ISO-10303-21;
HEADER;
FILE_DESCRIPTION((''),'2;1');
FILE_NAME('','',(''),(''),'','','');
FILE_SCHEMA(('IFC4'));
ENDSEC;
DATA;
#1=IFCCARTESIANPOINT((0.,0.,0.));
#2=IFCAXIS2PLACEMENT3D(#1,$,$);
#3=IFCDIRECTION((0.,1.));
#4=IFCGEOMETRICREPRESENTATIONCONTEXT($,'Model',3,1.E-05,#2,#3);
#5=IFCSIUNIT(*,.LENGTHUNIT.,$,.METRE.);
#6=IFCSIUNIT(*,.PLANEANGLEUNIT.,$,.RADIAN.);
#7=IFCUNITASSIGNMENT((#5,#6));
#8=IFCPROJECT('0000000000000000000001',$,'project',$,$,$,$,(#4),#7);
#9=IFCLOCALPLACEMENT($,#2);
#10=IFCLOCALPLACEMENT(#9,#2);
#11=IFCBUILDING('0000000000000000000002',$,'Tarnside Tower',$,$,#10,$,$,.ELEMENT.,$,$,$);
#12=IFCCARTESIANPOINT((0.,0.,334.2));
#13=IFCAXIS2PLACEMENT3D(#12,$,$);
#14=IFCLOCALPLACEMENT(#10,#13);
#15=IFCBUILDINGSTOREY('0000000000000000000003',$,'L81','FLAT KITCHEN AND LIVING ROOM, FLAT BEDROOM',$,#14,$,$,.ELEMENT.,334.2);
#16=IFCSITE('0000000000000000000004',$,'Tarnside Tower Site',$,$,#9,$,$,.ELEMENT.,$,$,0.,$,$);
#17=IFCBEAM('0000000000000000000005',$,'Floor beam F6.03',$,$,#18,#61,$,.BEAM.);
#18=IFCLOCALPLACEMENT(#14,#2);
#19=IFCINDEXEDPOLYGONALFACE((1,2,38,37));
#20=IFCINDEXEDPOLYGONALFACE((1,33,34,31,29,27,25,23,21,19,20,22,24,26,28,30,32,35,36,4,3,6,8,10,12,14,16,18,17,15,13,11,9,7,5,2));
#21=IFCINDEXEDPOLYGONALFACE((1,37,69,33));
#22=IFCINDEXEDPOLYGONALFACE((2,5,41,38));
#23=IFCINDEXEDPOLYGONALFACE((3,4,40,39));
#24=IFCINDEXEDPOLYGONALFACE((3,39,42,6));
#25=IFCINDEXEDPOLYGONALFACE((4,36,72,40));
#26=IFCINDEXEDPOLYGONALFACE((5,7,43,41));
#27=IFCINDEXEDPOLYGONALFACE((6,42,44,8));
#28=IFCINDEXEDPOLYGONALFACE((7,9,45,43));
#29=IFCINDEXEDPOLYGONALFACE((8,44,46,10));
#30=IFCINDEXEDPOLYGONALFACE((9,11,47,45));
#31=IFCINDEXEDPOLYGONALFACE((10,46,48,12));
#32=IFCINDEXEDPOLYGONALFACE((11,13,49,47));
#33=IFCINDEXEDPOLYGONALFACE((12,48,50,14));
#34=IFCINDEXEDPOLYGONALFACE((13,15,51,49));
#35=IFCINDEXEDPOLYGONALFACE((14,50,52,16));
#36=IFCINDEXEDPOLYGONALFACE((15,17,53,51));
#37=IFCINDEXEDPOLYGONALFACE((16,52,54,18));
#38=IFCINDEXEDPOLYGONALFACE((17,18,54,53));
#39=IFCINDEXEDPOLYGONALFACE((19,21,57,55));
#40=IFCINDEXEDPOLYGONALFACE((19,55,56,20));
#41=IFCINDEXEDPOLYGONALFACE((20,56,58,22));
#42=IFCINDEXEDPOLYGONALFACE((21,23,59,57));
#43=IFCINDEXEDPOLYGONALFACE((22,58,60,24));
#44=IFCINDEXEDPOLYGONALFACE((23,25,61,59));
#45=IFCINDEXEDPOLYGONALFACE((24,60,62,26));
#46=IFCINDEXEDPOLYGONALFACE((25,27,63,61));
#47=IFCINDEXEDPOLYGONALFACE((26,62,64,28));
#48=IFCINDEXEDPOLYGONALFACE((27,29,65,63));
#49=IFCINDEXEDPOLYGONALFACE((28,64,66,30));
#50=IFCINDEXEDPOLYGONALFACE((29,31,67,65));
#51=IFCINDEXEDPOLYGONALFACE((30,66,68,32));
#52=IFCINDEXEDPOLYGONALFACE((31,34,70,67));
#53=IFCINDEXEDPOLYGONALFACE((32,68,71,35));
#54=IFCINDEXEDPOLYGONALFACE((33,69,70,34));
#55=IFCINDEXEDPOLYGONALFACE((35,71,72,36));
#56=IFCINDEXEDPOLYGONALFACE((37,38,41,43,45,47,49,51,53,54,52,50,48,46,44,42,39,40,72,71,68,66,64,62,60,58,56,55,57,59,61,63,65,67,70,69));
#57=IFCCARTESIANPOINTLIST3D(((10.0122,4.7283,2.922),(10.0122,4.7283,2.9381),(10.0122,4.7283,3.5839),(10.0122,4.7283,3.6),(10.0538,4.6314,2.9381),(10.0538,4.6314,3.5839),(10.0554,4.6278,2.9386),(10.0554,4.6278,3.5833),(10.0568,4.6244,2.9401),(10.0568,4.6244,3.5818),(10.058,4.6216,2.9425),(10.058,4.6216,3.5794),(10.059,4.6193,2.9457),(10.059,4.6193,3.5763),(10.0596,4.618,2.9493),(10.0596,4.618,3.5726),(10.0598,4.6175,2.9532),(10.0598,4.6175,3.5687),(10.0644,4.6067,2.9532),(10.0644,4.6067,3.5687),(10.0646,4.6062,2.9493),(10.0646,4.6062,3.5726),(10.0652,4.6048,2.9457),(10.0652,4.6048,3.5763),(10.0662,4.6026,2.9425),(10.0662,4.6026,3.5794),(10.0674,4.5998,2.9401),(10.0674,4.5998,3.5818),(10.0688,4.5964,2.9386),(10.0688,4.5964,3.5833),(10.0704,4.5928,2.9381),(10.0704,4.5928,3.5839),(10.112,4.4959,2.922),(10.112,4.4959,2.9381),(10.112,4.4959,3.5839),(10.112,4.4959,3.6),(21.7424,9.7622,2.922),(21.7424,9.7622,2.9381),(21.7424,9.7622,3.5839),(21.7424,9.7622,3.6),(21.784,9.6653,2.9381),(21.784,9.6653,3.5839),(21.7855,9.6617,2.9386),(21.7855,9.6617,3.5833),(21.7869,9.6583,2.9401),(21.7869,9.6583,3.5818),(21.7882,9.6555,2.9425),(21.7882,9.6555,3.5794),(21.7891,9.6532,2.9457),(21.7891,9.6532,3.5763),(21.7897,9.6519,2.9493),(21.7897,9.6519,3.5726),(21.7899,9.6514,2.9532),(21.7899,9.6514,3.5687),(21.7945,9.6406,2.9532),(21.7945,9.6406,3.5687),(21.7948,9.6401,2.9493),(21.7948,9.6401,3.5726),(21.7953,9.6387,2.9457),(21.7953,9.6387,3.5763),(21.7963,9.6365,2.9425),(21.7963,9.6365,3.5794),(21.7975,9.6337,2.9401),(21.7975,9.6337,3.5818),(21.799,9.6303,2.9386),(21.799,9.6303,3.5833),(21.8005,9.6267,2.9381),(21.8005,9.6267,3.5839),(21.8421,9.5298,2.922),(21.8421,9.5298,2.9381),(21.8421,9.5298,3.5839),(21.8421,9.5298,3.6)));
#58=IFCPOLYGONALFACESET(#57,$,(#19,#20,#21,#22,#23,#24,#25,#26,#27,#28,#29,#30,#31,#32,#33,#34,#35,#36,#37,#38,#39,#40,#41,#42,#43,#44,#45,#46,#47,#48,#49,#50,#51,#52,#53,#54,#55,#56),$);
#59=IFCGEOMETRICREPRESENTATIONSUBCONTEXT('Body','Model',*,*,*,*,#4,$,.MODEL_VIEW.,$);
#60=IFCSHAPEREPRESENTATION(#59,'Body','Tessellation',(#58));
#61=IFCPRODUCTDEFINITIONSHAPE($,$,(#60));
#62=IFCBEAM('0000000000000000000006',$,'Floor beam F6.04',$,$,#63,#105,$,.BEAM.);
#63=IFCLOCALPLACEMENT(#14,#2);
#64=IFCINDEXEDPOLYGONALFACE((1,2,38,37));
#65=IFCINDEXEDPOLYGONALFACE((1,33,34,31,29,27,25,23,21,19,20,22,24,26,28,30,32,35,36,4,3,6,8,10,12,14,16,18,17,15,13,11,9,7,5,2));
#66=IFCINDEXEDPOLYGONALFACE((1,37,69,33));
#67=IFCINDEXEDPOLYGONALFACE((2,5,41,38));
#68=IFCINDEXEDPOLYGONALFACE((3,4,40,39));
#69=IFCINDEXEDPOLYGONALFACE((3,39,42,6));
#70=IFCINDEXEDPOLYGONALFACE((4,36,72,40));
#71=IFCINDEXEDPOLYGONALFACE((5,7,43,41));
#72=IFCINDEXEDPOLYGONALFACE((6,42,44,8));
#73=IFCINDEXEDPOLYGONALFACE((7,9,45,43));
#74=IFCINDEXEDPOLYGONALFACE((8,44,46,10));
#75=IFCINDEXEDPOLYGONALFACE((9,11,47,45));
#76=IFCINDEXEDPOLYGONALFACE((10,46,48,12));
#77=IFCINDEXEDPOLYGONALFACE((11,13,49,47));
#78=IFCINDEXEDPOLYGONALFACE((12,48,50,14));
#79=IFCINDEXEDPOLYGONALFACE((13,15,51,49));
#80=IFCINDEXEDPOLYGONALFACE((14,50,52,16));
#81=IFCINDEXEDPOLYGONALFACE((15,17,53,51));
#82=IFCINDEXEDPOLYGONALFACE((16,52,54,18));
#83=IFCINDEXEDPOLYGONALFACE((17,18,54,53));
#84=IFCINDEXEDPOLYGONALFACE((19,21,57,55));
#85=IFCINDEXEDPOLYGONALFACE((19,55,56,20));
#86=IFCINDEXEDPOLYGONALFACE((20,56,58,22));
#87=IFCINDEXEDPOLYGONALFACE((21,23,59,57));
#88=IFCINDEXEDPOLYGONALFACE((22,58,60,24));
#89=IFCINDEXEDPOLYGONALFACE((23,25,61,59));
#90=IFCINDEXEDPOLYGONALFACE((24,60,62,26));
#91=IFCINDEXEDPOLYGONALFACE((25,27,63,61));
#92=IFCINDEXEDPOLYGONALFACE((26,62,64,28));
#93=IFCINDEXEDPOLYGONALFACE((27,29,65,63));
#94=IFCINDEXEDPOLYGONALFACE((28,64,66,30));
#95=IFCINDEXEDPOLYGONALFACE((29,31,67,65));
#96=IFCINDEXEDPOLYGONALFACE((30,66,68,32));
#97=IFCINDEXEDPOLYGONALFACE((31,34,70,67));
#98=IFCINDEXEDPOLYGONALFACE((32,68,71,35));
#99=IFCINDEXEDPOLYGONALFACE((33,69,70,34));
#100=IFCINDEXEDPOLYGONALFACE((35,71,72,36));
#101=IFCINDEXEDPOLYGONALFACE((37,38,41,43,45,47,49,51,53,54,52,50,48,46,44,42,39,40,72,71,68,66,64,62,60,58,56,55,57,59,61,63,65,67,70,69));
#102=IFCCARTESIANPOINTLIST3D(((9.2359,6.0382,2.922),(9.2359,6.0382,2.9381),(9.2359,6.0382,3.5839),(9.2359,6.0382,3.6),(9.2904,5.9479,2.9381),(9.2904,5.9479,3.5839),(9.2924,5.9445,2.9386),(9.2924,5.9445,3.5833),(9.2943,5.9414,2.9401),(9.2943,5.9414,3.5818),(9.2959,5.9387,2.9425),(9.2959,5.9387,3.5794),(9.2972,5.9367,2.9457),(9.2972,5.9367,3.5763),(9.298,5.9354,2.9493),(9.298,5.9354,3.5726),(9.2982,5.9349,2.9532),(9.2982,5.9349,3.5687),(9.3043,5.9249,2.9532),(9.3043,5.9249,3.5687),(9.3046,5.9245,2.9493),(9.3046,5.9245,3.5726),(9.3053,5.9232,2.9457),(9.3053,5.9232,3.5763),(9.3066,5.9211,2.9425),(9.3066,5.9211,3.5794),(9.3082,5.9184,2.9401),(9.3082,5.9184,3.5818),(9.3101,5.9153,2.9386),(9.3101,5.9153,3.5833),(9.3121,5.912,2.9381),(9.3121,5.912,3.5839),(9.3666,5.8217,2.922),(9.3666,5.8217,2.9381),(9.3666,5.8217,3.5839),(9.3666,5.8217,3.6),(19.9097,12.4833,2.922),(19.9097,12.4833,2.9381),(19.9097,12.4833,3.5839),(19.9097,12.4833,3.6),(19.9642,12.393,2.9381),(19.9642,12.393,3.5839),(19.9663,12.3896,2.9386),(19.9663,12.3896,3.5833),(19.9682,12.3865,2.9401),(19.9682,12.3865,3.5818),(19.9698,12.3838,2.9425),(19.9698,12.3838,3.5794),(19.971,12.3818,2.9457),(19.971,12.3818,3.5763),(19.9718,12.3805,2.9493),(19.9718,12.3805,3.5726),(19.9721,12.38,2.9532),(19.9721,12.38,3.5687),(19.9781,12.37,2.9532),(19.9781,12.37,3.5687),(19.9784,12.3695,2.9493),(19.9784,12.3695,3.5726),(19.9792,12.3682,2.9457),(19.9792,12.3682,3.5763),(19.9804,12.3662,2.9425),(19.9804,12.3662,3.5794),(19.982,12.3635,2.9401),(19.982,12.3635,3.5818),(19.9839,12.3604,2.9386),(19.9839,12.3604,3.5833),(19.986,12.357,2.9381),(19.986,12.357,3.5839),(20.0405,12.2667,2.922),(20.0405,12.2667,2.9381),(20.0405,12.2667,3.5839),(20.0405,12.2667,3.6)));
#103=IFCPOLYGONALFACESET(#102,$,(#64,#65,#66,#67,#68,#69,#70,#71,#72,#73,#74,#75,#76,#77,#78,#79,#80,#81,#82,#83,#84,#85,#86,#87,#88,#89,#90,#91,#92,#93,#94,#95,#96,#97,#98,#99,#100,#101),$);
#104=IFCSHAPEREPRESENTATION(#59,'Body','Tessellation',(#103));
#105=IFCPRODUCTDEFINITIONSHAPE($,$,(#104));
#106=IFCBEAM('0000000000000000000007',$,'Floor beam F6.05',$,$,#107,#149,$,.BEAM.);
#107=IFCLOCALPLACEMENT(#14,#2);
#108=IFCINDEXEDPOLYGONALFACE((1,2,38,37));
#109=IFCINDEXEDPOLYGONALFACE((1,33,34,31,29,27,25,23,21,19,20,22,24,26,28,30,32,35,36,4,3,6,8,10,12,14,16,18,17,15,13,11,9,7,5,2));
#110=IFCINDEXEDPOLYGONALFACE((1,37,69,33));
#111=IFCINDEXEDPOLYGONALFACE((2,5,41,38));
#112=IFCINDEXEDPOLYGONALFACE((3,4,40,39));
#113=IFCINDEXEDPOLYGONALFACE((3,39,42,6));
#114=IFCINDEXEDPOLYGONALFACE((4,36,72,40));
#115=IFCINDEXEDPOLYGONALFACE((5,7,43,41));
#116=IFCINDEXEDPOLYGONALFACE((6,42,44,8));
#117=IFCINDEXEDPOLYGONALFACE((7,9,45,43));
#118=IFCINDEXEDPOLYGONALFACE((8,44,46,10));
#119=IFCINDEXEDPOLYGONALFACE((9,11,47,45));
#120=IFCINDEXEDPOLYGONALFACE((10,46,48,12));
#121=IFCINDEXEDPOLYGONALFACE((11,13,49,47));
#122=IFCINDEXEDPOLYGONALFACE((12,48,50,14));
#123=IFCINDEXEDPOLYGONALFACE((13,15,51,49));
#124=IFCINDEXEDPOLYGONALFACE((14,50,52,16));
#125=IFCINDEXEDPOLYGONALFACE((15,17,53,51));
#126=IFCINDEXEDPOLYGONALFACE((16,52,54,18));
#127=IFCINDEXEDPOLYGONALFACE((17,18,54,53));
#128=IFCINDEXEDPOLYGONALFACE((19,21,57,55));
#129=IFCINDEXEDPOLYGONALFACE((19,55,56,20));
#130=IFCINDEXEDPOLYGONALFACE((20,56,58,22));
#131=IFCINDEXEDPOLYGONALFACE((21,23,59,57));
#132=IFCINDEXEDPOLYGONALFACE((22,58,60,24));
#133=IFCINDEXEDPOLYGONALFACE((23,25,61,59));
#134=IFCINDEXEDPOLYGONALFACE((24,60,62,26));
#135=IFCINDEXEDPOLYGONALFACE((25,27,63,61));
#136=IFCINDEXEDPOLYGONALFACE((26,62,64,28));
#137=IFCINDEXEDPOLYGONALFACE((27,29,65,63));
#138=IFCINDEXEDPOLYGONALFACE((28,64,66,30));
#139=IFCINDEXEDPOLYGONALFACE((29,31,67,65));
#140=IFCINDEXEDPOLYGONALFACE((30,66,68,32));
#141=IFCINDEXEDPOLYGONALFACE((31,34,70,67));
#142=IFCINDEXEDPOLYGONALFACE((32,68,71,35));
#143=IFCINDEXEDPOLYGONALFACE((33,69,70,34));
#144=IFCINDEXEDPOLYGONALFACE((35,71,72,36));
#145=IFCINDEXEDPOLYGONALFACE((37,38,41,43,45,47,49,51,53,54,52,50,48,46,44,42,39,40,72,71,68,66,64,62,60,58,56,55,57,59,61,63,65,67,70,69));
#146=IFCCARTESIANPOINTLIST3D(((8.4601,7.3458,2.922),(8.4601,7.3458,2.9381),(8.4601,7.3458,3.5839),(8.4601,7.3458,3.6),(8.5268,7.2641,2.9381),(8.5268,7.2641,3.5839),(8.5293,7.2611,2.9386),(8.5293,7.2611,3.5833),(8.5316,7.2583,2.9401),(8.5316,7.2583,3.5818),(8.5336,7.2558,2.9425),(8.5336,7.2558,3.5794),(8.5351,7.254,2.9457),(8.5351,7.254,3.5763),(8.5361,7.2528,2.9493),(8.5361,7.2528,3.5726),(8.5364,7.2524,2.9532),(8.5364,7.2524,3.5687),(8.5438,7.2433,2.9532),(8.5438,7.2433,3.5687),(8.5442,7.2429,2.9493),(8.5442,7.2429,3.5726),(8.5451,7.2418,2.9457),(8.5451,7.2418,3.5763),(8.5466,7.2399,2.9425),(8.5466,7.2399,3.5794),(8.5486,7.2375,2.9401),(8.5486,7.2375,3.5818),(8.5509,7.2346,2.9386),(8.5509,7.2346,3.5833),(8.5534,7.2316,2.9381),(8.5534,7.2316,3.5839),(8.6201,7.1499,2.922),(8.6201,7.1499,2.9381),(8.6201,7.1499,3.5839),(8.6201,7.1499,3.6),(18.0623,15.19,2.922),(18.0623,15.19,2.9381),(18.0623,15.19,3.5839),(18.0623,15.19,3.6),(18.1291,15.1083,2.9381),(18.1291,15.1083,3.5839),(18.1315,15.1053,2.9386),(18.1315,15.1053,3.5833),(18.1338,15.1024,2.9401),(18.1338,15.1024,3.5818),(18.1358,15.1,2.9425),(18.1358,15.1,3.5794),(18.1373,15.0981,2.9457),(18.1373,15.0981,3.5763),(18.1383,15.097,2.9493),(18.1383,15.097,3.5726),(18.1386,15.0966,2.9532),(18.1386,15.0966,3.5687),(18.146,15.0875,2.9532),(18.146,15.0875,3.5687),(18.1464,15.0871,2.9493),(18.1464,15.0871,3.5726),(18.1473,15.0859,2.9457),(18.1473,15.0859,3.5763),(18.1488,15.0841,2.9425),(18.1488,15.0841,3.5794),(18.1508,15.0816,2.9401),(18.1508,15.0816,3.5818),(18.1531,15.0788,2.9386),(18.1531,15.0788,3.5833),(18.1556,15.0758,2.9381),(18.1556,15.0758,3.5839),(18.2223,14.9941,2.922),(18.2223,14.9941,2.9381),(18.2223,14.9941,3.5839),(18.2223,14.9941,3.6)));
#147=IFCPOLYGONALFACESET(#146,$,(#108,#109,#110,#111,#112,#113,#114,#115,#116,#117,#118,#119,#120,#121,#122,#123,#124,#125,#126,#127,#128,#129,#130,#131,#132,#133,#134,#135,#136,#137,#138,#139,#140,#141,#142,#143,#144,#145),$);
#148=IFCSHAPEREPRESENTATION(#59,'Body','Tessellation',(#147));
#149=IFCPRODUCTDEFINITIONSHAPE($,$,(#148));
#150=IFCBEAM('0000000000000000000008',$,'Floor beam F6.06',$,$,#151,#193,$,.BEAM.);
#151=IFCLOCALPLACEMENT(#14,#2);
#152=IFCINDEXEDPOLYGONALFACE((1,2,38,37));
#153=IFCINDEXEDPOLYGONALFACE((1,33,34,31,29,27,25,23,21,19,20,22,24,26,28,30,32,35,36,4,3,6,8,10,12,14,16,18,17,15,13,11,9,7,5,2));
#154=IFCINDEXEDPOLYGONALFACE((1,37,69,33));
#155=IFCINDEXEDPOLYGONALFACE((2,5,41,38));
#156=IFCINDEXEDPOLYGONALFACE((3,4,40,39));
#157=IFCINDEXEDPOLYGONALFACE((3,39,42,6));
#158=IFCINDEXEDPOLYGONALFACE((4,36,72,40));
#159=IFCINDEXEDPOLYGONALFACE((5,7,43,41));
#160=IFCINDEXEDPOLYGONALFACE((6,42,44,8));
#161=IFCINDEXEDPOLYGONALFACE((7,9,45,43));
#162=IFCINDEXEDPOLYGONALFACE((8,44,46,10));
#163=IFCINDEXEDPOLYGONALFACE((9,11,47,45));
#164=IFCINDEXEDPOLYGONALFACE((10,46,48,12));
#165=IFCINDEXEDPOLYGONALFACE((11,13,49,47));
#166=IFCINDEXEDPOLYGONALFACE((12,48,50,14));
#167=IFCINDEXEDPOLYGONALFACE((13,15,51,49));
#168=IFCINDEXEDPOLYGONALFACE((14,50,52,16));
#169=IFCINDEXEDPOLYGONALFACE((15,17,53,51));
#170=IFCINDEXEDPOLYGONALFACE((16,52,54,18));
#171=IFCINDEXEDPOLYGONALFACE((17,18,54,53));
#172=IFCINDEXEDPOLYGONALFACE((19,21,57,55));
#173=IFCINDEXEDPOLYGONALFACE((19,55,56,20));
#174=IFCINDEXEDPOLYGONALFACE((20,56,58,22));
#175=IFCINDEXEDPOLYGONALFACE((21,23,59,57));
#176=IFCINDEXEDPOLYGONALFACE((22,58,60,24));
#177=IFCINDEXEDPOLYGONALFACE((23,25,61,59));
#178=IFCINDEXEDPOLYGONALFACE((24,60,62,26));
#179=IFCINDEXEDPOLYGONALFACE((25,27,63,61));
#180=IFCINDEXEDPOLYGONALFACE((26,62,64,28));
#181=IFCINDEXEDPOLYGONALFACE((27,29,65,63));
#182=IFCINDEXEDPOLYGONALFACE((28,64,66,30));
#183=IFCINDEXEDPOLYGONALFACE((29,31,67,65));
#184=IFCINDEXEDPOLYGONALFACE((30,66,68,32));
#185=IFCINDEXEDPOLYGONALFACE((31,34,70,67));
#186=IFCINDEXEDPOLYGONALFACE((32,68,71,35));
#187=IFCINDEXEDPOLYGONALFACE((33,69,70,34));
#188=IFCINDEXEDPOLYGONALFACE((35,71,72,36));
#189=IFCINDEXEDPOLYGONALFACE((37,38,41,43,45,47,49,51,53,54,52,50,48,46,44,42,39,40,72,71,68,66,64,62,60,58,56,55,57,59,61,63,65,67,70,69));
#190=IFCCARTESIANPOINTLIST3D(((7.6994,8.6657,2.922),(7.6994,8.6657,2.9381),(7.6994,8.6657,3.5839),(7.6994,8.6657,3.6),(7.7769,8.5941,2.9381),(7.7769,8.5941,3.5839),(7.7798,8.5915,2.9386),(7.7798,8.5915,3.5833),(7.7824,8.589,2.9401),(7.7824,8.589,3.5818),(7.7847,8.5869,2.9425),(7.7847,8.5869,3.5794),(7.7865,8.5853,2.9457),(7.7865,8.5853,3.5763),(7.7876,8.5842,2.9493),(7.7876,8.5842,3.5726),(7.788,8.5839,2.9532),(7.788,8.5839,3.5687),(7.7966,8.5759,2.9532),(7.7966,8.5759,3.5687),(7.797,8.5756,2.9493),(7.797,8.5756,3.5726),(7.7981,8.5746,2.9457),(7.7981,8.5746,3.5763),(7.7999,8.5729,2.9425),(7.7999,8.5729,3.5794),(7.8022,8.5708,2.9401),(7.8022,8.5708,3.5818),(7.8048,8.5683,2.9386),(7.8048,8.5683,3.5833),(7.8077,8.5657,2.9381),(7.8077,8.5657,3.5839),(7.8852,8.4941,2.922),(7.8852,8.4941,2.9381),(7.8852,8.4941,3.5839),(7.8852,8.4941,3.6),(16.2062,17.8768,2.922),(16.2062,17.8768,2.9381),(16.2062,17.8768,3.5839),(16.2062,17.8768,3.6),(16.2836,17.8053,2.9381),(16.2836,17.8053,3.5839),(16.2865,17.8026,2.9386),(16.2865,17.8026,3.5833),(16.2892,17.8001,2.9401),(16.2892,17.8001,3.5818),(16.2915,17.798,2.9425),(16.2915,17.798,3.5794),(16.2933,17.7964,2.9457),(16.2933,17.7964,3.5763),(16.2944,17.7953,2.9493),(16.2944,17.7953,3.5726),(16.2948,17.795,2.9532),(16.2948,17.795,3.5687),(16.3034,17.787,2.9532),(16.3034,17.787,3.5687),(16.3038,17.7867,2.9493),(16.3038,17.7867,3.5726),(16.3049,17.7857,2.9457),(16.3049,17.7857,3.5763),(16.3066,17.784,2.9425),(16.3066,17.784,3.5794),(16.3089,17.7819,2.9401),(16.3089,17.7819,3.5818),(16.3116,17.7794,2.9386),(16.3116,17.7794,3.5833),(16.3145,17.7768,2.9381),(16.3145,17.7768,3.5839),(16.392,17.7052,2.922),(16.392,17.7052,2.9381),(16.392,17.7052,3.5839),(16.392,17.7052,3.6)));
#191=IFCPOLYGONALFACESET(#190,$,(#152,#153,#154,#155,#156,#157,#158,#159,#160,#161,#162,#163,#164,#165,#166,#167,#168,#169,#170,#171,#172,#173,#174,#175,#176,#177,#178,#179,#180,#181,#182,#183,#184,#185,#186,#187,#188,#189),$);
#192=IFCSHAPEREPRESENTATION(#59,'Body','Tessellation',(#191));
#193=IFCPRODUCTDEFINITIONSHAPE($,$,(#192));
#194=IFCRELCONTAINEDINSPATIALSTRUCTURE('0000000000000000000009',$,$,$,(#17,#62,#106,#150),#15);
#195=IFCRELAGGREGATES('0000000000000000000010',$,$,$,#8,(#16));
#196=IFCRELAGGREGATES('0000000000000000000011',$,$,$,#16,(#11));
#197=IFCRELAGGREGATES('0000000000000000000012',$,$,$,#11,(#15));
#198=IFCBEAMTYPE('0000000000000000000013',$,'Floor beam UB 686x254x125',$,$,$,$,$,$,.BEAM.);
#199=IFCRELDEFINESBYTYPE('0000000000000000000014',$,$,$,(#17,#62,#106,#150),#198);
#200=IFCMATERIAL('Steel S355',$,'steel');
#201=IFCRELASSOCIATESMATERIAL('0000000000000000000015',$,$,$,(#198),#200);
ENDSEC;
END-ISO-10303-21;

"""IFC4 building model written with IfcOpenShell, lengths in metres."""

from ifc_helpers import new_model, si_unit, direction, frame, origin, origin_2d, place, context, subcontext, project, spatial, i_section, extrude, material, material_profile, profile_set, type_object, element, save


model = new_model("IFC4")

# Units and contexts
model_context = context("Model", 3, precision=1e-05, world=origin(), true_north=direction((0.0, 1.0)))
body_context = subcontext(model_context, "Body", "Model", "MODEL_VIEW")
ifc_project = project(units=[si_unit("LENGTHUNIT", "METRE"), si_unit("PLANEANGLEUNIT", "RADIAN")], contexts=[model_context])

# Site, building, storey
site_placement = place(None, origin())
site = spatial("IfcSite", under=ifc_project, at=site_placement, Name="Tarnside Tower Site", CompositionType="ELEMENT", RefElevation=0.0)
building_placement = place(site_placement, origin())
building = spatial("IfcBuilding", under=site, at=building_placement, Name="Tarnside Tower", CompositionType="ELEMENT")
storey_placement = place(building_placement, frame((0.0, 0.0, 334.2)))
storey = spatial("IfcBuildingStorey", under=building, at=storey_placement, Name="L81", Description="FLAT KITCHEN AND LIVING ROOM, FLAT BEDROOM", CompositionType="ELEMENT", Elevation=334.2)

# Beams
ifc_material_1 = material(Name="Steel S355", Category="steel")
ifc_material_profile_1 = material_profile(ifc_material_1, i_section(OverallWidth=0.2529, OverallDepth=0.678, WebThickness=0.0117, FlangeThickness=0.0161, FilletRadius=0.0151, at=origin_2d()), Name="UB 686x254x125")
ifc_profile_set_1 = profile_set([ifc_material_profile_1], Name="Steel S355")
beam_type_1 = type_object("IfcBeamType", Name="Floor beam UB 686x254x125", PredefinedType="BEAM", material=ifc_profile_set_1)
beam_1_placement = place(storey_placement, frame((21.7922, 9.646, 3.261), z_axis=(-0.918955, -0.394362, 0.0), x_axis=(0.394362, -0.918955, 0.0)))
element("IfcBeam", 1, at=beam_1_placement, inside=storey, type_object=beam_type_1, Name="Floor beam F6.03", PredefinedType="BEAM", context=body_context, shape_type="SweptSolid", body=[
    extrude(i_section(OverallWidth=0.2529, OverallDepth=0.678, WebThickness=0.0117, FlangeThickness=0.0161, FilletRadius=0.0151, at=origin_2d()), origin(), (0.0, 0.0, 1.0), 12.7646),
])
beam_2_placement = place(storey_placement, frame((19.9751, 12.375, 3.261), z_axis=(-0.856047, -0.516898, 0.0), x_axis=(0.516898, -0.856047, 0.0)))
element("IfcBeam", 2, at=beam_2_placement, inside=storey, type_object=beam_type_1, Name="Floor beam F6.04", PredefinedType="BEAM", context=body_context, shape_type="SweptSolid", body=[
    extrude(i_section(OverallWidth=0.2529, OverallDepth=0.678, WebThickness=0.0117, FlangeThickness=0.0161, FilletRadius=0.0151, at=origin_2d()), origin(), (0.0, 0.0, 1.0), 12.4688),
])
beam_3_placement = place(storey_placement, frame((18.1423, 15.092, 3.261), z_axis=(-0.774439, -0.632649, 0.0), x_axis=(0.632649, -0.774439, 0.0)))
element("IfcBeam", 3, at=beam_3_placement, inside=storey, type_object=beam_type_1, Name="Floor beam F6.05", PredefinedType="BEAM", context=body_context, shape_type="SweptSolid", body=[
    extrude(i_section(OverallWidth=0.2529, OverallDepth=0.678, WebThickness=0.0117, FlangeThickness=0.0161, FilletRadius=0.0151, at=origin_2d()), origin(), (0.0, 0.0, 1.0), 12.3989),
])
beam_4_placement = place(storey_placement, frame((16.2991, 17.791, 3.261), z_axis=(-0.678461, -0.734636, 0.0), x_axis=(0.734636, -0.678461, 0.0)))
element("IfcBeam", 4, at=beam_4_placement, inside=storey, type_object=beam_type_1, Name="Floor beam F6.06", PredefinedType="BEAM", context=body_context, shape_type="SweptSolid", body=[
    extrude(i_section(OverallWidth=0.2529, OverallDepth=0.678, WebThickness=0.0117, FlangeThickness=0.0161, FilletRadius=0.0151, at=origin_2d()), origin(), (0.0, 0.0, 1.0), 12.5383),
])

save(model, "model.ifc")
